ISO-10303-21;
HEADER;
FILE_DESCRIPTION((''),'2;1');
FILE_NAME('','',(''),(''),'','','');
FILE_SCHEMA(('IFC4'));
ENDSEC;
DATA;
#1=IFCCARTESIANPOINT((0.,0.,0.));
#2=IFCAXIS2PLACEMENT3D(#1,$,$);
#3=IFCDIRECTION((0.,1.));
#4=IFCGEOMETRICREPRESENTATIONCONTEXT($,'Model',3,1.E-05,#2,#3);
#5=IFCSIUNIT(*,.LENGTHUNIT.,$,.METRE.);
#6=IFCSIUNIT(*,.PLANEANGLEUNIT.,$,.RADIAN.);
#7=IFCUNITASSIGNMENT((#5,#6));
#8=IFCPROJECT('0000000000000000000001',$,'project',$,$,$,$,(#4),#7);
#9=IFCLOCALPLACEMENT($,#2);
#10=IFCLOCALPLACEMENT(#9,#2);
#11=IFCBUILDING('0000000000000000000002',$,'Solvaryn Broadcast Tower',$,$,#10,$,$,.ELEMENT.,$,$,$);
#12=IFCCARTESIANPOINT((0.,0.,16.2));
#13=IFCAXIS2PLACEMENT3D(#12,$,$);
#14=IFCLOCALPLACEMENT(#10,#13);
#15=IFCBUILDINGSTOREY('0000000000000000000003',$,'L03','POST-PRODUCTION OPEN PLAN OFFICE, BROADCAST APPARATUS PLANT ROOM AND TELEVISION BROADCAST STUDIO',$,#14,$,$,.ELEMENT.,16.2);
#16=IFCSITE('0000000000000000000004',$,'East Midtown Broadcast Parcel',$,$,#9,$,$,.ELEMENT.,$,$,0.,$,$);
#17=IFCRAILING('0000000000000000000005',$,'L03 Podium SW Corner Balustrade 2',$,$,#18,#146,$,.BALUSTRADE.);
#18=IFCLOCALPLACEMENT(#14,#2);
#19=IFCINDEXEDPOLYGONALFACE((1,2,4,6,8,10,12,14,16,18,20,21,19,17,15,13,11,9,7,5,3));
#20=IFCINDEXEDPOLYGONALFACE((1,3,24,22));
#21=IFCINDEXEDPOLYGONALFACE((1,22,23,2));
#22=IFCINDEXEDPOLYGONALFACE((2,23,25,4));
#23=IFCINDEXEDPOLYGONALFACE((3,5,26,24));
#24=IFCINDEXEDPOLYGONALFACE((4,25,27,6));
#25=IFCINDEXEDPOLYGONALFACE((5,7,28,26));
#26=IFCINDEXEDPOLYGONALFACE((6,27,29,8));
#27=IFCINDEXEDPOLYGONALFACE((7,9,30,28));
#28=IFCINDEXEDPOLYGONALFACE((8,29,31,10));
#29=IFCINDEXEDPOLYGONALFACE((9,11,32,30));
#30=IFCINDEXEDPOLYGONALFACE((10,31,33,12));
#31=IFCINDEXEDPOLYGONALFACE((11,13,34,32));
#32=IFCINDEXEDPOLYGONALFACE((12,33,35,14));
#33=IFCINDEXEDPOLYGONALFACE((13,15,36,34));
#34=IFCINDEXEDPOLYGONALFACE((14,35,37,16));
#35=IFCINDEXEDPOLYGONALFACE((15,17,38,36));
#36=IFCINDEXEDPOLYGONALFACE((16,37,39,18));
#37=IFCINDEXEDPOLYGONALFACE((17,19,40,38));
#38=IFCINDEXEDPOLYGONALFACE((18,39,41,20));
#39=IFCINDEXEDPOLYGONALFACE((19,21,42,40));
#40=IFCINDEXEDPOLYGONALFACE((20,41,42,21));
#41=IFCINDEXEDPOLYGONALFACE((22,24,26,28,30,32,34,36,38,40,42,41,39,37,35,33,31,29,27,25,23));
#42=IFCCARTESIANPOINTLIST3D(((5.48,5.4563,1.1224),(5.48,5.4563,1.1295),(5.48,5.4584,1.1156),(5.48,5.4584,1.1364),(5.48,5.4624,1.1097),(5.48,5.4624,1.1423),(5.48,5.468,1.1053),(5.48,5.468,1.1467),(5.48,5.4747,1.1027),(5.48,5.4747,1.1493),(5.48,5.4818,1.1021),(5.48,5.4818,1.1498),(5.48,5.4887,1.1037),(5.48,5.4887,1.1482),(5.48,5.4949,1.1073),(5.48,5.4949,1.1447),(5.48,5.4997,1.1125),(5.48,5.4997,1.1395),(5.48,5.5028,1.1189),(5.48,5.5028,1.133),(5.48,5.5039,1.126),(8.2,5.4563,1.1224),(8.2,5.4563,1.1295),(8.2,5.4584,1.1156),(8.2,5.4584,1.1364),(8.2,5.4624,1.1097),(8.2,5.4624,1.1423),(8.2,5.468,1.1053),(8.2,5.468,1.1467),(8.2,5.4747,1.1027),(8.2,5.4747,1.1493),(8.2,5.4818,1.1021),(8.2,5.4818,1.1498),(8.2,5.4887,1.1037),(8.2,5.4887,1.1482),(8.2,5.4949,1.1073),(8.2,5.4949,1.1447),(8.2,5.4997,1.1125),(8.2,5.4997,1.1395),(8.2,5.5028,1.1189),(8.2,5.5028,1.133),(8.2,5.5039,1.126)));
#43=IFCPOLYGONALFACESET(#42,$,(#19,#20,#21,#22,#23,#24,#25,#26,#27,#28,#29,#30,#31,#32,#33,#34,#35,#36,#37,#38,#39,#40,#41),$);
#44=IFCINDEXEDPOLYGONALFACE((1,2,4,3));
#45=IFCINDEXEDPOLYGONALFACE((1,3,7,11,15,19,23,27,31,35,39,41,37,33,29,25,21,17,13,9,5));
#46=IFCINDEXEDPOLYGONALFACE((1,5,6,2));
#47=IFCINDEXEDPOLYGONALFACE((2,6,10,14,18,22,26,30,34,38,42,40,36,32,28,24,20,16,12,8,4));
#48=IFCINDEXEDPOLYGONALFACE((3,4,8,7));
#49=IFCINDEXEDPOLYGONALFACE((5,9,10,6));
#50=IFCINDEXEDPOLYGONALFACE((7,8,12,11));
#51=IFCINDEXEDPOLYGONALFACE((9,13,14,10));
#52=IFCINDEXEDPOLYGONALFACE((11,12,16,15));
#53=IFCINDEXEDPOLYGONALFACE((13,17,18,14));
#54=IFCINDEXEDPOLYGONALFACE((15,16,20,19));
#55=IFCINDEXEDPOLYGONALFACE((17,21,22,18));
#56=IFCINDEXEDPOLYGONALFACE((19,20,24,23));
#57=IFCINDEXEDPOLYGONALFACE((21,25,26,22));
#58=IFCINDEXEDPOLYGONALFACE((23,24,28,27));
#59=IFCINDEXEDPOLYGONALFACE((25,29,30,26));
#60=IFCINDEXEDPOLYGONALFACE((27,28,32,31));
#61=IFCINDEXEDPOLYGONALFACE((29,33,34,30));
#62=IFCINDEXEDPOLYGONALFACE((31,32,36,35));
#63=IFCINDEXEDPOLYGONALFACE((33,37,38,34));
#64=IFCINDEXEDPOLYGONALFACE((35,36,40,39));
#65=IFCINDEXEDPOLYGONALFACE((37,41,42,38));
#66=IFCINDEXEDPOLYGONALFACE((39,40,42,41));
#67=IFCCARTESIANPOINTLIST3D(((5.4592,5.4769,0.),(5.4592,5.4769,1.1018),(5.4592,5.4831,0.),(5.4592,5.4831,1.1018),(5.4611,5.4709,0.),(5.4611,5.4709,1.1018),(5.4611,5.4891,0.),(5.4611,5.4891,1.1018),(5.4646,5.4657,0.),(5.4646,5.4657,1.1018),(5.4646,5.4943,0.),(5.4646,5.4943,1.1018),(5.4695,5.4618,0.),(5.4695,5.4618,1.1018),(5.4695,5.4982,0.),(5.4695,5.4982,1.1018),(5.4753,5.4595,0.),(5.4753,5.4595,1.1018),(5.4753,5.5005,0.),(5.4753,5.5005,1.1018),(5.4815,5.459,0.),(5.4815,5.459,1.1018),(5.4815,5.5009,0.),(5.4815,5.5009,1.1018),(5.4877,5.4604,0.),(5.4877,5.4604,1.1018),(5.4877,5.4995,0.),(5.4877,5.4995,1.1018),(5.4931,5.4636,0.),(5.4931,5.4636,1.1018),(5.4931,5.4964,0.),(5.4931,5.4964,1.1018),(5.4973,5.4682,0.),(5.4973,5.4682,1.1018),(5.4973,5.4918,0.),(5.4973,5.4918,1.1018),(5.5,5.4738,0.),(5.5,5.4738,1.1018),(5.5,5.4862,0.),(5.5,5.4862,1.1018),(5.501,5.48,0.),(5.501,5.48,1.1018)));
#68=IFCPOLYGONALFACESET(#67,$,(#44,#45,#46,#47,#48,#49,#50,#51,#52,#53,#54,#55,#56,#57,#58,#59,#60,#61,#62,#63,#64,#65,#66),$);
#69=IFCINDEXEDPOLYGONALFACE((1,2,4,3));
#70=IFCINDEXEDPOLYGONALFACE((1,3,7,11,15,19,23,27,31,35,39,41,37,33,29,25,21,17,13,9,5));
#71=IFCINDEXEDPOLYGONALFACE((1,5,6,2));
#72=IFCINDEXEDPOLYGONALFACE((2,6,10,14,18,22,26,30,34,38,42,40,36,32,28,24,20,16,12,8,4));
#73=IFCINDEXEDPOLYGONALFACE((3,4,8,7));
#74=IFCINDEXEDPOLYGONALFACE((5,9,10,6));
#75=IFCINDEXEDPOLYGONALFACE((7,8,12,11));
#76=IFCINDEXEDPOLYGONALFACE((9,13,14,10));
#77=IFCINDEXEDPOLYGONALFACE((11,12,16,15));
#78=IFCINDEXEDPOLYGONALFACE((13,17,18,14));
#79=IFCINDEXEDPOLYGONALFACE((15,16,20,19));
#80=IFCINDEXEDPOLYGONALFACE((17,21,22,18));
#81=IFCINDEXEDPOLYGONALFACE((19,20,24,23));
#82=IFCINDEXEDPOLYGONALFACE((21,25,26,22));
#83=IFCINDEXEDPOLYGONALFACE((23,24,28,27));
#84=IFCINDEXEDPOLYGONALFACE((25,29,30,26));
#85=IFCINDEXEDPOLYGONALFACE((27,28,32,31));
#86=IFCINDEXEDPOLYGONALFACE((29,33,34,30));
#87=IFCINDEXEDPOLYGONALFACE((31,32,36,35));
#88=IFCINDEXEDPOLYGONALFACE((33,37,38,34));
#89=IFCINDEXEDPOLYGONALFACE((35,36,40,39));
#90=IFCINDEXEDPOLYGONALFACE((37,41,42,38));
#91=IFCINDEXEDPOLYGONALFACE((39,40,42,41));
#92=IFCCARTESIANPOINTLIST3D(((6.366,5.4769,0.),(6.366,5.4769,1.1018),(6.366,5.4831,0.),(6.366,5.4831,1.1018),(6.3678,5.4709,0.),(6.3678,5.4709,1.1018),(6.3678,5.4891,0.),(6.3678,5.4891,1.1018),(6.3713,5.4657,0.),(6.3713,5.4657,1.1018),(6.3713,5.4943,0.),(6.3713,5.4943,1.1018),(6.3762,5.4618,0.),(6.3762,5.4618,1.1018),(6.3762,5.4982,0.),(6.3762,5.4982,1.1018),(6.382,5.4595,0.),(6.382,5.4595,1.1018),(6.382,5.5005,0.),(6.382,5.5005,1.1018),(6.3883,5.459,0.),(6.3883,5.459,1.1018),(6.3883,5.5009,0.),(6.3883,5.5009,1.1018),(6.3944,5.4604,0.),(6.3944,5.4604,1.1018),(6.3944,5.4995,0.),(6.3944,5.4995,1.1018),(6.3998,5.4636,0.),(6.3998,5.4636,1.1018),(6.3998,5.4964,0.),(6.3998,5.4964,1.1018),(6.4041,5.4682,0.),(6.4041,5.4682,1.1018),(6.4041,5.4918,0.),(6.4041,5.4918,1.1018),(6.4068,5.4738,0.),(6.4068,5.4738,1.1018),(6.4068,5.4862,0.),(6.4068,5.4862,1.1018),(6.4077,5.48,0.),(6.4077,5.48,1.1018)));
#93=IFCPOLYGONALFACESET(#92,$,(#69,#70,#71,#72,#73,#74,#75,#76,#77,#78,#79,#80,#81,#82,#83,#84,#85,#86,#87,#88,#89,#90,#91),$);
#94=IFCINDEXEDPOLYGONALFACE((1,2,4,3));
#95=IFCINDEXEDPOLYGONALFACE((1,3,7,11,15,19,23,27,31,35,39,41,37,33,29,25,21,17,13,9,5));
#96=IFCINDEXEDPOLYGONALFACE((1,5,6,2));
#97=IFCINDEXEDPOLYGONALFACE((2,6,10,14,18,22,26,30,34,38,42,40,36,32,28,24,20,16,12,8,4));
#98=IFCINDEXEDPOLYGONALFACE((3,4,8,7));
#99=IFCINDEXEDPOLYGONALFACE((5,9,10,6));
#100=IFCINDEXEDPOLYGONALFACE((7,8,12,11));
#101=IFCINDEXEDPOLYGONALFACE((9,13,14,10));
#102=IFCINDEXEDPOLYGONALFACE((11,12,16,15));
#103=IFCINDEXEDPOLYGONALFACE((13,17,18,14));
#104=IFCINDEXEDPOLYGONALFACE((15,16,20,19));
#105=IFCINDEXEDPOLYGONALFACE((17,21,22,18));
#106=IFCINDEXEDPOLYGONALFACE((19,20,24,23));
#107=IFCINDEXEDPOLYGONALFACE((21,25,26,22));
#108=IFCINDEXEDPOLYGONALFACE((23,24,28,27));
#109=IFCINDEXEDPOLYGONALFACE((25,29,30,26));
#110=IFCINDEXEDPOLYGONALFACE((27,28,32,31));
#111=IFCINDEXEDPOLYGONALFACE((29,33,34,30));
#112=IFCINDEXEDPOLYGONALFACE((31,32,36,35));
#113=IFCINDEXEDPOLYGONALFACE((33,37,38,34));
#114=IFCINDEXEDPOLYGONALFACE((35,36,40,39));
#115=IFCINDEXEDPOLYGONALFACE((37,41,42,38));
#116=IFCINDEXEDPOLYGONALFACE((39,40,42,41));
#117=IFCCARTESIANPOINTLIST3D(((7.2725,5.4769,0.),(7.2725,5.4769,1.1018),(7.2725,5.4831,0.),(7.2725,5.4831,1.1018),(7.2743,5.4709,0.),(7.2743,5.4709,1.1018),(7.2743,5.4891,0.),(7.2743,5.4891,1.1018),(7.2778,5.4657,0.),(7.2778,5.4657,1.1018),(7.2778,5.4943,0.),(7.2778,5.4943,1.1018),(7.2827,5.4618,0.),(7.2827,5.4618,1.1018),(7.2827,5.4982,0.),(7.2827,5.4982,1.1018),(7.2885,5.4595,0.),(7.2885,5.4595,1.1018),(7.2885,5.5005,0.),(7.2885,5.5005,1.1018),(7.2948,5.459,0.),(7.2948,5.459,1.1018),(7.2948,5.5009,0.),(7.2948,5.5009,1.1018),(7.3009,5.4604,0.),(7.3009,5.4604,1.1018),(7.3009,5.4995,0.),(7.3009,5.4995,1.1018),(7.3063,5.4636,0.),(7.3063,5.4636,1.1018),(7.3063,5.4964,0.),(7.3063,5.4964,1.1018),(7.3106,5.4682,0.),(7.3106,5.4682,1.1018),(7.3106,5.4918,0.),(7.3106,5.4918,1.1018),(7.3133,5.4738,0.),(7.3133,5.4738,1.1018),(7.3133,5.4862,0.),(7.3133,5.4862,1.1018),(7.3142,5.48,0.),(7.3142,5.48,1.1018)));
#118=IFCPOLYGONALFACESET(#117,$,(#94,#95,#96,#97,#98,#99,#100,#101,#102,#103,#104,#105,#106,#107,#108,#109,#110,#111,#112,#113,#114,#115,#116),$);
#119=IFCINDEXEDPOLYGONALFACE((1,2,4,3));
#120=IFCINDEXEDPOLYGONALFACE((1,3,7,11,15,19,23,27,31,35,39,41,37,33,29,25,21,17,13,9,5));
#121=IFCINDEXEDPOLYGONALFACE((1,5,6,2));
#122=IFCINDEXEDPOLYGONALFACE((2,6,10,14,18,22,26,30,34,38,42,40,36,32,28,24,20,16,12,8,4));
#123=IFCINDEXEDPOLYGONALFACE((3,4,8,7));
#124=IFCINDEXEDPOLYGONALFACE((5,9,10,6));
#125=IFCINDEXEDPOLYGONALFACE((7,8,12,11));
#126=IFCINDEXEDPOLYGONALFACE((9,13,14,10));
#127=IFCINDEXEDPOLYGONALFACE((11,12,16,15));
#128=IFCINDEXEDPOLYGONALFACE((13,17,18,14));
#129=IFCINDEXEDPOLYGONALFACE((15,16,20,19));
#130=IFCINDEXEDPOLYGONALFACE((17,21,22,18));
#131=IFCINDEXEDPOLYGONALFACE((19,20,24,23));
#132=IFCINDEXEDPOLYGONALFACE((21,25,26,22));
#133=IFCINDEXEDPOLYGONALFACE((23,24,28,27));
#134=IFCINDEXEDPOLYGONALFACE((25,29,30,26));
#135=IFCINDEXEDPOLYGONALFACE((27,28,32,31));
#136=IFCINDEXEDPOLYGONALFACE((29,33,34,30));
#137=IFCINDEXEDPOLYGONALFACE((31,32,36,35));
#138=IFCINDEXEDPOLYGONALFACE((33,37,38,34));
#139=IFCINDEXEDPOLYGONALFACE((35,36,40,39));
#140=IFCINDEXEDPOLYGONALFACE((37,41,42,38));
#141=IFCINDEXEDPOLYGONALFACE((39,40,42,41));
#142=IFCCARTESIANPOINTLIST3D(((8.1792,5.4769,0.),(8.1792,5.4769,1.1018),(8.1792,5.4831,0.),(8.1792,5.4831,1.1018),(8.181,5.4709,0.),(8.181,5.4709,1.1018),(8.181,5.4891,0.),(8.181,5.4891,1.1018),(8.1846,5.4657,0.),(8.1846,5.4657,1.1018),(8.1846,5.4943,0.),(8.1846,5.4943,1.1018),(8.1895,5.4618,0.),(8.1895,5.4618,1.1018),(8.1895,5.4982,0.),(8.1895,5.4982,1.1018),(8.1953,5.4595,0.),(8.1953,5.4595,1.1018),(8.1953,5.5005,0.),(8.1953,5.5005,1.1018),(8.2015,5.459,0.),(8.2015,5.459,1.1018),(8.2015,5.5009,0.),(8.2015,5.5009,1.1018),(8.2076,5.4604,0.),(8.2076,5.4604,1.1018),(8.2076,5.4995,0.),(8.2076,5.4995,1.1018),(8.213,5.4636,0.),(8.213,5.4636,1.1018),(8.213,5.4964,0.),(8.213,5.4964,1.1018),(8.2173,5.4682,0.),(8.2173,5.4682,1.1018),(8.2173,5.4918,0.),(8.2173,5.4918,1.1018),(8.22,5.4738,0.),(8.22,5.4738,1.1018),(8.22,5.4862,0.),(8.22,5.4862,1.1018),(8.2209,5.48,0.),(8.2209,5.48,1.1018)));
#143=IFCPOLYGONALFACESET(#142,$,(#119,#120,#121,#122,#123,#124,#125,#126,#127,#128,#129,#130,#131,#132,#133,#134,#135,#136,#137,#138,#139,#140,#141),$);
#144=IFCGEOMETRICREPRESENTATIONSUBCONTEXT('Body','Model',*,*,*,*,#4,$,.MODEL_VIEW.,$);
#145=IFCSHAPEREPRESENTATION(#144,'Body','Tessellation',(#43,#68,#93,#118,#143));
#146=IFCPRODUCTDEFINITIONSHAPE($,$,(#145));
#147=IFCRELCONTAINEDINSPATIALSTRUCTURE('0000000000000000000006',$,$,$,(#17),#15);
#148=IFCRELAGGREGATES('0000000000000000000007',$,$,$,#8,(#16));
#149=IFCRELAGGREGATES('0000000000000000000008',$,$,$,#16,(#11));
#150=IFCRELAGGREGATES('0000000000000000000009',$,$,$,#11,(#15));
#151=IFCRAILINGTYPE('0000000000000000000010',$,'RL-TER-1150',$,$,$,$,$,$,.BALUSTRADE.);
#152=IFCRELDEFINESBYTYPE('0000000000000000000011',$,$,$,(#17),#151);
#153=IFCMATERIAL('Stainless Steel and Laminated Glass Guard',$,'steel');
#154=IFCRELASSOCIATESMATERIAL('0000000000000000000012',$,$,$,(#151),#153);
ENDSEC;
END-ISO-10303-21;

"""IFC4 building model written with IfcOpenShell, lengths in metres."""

from ifc_helpers import new_model, si_unit, direction, frame, origin, origin_2d, place, context, subcontext, project, spatial, circle, extrude, material, type_object, element, save


model = new_model("IFC4")

# Units and contexts
model_context = context("Model", 3, precision=1e-05, world=origin(), true_north=direction((0.0, 1.0)))
body_context = subcontext(model_context, "Body", "Model", "MODEL_VIEW")
ifc_project = project(units=[si_unit("LENGTHUNIT", "METRE"), si_unit("PLANEANGLEUNIT", "RADIAN")], contexts=[model_context])

# Site, building, storey
site_placement = place(None, origin())
site = spatial("IfcSite", under=ifc_project, at=site_placement, Name="East Midtown Broadcast Parcel", CompositionType="ELEMENT", RefElevation=0.0)
building_placement = place(site_placement, origin())
building = spatial("IfcBuilding", under=site, at=building_placement, Name="Solvaryn Broadcast Tower", CompositionType="ELEMENT")
storey_placement = place(building_placement, frame((0.0, 0.0, 16.2)))
storey = spatial("IfcBuildingStorey", under=building, at=storey_placement, Name="L03", Description="POST-PRODUCTION OPEN PLAN OFFICE, BROADCAST APPARATUS PLANT ROOM AND TELEVISION BROADCAST STUDIO", CompositionType="ELEMENT", Elevation=16.2)

# Railing
ifc_material_1 = material(Name="Stainless Steel and Laminated Glass Guard", Category="steel")
railing_type = type_object("IfcRailingType", Name="RL-TER-1150", PredefinedType="BALUSTRADE", material=ifc_material_1)
railing_1_placement = place(storey_placement, frame((5.48, 5.48, 0.0)))
element("IfcRailing", 1, at=railing_1_placement, inside=storey, type_object=railing_type, Name="L03 Podium SW Corner Balustrade 2", PredefinedType="BALUSTRADE", context=body_context, shape_type="SweptSolid", body=[
    extrude(circle(Radius=0.0239, at=origin_2d()), frame((0.0, 0.0, 1.126), z_axis=(1.0, 0.0, 0.0), x_axis=(0.0, 1.0, 0.0)), (0.0, 0.0, 1.0), 2.72),
    extrude(circle(Radius=0.021, at=origin_2d()), origin(), (0.0, 0.0, 1.0), 1.1018),
    extrude(circle(Radius=0.021, at=origin_2d()), frame((0.9067, 0.0, 0.0)), (0.0, 0.0, 1.0), 1.1018),
    extrude(circle(Radius=0.021, at=origin_2d()), frame((1.8132, 0.0, 0.0)), (0.0, 0.0, 1.0), 1.1018),
    extrude(circle(Radius=0.021, at=origin_2d()), frame((2.72, 0.0, 0.0)), (0.0, 0.0, 1.0), 1.1018),
])

save(model, "model.ifc")
